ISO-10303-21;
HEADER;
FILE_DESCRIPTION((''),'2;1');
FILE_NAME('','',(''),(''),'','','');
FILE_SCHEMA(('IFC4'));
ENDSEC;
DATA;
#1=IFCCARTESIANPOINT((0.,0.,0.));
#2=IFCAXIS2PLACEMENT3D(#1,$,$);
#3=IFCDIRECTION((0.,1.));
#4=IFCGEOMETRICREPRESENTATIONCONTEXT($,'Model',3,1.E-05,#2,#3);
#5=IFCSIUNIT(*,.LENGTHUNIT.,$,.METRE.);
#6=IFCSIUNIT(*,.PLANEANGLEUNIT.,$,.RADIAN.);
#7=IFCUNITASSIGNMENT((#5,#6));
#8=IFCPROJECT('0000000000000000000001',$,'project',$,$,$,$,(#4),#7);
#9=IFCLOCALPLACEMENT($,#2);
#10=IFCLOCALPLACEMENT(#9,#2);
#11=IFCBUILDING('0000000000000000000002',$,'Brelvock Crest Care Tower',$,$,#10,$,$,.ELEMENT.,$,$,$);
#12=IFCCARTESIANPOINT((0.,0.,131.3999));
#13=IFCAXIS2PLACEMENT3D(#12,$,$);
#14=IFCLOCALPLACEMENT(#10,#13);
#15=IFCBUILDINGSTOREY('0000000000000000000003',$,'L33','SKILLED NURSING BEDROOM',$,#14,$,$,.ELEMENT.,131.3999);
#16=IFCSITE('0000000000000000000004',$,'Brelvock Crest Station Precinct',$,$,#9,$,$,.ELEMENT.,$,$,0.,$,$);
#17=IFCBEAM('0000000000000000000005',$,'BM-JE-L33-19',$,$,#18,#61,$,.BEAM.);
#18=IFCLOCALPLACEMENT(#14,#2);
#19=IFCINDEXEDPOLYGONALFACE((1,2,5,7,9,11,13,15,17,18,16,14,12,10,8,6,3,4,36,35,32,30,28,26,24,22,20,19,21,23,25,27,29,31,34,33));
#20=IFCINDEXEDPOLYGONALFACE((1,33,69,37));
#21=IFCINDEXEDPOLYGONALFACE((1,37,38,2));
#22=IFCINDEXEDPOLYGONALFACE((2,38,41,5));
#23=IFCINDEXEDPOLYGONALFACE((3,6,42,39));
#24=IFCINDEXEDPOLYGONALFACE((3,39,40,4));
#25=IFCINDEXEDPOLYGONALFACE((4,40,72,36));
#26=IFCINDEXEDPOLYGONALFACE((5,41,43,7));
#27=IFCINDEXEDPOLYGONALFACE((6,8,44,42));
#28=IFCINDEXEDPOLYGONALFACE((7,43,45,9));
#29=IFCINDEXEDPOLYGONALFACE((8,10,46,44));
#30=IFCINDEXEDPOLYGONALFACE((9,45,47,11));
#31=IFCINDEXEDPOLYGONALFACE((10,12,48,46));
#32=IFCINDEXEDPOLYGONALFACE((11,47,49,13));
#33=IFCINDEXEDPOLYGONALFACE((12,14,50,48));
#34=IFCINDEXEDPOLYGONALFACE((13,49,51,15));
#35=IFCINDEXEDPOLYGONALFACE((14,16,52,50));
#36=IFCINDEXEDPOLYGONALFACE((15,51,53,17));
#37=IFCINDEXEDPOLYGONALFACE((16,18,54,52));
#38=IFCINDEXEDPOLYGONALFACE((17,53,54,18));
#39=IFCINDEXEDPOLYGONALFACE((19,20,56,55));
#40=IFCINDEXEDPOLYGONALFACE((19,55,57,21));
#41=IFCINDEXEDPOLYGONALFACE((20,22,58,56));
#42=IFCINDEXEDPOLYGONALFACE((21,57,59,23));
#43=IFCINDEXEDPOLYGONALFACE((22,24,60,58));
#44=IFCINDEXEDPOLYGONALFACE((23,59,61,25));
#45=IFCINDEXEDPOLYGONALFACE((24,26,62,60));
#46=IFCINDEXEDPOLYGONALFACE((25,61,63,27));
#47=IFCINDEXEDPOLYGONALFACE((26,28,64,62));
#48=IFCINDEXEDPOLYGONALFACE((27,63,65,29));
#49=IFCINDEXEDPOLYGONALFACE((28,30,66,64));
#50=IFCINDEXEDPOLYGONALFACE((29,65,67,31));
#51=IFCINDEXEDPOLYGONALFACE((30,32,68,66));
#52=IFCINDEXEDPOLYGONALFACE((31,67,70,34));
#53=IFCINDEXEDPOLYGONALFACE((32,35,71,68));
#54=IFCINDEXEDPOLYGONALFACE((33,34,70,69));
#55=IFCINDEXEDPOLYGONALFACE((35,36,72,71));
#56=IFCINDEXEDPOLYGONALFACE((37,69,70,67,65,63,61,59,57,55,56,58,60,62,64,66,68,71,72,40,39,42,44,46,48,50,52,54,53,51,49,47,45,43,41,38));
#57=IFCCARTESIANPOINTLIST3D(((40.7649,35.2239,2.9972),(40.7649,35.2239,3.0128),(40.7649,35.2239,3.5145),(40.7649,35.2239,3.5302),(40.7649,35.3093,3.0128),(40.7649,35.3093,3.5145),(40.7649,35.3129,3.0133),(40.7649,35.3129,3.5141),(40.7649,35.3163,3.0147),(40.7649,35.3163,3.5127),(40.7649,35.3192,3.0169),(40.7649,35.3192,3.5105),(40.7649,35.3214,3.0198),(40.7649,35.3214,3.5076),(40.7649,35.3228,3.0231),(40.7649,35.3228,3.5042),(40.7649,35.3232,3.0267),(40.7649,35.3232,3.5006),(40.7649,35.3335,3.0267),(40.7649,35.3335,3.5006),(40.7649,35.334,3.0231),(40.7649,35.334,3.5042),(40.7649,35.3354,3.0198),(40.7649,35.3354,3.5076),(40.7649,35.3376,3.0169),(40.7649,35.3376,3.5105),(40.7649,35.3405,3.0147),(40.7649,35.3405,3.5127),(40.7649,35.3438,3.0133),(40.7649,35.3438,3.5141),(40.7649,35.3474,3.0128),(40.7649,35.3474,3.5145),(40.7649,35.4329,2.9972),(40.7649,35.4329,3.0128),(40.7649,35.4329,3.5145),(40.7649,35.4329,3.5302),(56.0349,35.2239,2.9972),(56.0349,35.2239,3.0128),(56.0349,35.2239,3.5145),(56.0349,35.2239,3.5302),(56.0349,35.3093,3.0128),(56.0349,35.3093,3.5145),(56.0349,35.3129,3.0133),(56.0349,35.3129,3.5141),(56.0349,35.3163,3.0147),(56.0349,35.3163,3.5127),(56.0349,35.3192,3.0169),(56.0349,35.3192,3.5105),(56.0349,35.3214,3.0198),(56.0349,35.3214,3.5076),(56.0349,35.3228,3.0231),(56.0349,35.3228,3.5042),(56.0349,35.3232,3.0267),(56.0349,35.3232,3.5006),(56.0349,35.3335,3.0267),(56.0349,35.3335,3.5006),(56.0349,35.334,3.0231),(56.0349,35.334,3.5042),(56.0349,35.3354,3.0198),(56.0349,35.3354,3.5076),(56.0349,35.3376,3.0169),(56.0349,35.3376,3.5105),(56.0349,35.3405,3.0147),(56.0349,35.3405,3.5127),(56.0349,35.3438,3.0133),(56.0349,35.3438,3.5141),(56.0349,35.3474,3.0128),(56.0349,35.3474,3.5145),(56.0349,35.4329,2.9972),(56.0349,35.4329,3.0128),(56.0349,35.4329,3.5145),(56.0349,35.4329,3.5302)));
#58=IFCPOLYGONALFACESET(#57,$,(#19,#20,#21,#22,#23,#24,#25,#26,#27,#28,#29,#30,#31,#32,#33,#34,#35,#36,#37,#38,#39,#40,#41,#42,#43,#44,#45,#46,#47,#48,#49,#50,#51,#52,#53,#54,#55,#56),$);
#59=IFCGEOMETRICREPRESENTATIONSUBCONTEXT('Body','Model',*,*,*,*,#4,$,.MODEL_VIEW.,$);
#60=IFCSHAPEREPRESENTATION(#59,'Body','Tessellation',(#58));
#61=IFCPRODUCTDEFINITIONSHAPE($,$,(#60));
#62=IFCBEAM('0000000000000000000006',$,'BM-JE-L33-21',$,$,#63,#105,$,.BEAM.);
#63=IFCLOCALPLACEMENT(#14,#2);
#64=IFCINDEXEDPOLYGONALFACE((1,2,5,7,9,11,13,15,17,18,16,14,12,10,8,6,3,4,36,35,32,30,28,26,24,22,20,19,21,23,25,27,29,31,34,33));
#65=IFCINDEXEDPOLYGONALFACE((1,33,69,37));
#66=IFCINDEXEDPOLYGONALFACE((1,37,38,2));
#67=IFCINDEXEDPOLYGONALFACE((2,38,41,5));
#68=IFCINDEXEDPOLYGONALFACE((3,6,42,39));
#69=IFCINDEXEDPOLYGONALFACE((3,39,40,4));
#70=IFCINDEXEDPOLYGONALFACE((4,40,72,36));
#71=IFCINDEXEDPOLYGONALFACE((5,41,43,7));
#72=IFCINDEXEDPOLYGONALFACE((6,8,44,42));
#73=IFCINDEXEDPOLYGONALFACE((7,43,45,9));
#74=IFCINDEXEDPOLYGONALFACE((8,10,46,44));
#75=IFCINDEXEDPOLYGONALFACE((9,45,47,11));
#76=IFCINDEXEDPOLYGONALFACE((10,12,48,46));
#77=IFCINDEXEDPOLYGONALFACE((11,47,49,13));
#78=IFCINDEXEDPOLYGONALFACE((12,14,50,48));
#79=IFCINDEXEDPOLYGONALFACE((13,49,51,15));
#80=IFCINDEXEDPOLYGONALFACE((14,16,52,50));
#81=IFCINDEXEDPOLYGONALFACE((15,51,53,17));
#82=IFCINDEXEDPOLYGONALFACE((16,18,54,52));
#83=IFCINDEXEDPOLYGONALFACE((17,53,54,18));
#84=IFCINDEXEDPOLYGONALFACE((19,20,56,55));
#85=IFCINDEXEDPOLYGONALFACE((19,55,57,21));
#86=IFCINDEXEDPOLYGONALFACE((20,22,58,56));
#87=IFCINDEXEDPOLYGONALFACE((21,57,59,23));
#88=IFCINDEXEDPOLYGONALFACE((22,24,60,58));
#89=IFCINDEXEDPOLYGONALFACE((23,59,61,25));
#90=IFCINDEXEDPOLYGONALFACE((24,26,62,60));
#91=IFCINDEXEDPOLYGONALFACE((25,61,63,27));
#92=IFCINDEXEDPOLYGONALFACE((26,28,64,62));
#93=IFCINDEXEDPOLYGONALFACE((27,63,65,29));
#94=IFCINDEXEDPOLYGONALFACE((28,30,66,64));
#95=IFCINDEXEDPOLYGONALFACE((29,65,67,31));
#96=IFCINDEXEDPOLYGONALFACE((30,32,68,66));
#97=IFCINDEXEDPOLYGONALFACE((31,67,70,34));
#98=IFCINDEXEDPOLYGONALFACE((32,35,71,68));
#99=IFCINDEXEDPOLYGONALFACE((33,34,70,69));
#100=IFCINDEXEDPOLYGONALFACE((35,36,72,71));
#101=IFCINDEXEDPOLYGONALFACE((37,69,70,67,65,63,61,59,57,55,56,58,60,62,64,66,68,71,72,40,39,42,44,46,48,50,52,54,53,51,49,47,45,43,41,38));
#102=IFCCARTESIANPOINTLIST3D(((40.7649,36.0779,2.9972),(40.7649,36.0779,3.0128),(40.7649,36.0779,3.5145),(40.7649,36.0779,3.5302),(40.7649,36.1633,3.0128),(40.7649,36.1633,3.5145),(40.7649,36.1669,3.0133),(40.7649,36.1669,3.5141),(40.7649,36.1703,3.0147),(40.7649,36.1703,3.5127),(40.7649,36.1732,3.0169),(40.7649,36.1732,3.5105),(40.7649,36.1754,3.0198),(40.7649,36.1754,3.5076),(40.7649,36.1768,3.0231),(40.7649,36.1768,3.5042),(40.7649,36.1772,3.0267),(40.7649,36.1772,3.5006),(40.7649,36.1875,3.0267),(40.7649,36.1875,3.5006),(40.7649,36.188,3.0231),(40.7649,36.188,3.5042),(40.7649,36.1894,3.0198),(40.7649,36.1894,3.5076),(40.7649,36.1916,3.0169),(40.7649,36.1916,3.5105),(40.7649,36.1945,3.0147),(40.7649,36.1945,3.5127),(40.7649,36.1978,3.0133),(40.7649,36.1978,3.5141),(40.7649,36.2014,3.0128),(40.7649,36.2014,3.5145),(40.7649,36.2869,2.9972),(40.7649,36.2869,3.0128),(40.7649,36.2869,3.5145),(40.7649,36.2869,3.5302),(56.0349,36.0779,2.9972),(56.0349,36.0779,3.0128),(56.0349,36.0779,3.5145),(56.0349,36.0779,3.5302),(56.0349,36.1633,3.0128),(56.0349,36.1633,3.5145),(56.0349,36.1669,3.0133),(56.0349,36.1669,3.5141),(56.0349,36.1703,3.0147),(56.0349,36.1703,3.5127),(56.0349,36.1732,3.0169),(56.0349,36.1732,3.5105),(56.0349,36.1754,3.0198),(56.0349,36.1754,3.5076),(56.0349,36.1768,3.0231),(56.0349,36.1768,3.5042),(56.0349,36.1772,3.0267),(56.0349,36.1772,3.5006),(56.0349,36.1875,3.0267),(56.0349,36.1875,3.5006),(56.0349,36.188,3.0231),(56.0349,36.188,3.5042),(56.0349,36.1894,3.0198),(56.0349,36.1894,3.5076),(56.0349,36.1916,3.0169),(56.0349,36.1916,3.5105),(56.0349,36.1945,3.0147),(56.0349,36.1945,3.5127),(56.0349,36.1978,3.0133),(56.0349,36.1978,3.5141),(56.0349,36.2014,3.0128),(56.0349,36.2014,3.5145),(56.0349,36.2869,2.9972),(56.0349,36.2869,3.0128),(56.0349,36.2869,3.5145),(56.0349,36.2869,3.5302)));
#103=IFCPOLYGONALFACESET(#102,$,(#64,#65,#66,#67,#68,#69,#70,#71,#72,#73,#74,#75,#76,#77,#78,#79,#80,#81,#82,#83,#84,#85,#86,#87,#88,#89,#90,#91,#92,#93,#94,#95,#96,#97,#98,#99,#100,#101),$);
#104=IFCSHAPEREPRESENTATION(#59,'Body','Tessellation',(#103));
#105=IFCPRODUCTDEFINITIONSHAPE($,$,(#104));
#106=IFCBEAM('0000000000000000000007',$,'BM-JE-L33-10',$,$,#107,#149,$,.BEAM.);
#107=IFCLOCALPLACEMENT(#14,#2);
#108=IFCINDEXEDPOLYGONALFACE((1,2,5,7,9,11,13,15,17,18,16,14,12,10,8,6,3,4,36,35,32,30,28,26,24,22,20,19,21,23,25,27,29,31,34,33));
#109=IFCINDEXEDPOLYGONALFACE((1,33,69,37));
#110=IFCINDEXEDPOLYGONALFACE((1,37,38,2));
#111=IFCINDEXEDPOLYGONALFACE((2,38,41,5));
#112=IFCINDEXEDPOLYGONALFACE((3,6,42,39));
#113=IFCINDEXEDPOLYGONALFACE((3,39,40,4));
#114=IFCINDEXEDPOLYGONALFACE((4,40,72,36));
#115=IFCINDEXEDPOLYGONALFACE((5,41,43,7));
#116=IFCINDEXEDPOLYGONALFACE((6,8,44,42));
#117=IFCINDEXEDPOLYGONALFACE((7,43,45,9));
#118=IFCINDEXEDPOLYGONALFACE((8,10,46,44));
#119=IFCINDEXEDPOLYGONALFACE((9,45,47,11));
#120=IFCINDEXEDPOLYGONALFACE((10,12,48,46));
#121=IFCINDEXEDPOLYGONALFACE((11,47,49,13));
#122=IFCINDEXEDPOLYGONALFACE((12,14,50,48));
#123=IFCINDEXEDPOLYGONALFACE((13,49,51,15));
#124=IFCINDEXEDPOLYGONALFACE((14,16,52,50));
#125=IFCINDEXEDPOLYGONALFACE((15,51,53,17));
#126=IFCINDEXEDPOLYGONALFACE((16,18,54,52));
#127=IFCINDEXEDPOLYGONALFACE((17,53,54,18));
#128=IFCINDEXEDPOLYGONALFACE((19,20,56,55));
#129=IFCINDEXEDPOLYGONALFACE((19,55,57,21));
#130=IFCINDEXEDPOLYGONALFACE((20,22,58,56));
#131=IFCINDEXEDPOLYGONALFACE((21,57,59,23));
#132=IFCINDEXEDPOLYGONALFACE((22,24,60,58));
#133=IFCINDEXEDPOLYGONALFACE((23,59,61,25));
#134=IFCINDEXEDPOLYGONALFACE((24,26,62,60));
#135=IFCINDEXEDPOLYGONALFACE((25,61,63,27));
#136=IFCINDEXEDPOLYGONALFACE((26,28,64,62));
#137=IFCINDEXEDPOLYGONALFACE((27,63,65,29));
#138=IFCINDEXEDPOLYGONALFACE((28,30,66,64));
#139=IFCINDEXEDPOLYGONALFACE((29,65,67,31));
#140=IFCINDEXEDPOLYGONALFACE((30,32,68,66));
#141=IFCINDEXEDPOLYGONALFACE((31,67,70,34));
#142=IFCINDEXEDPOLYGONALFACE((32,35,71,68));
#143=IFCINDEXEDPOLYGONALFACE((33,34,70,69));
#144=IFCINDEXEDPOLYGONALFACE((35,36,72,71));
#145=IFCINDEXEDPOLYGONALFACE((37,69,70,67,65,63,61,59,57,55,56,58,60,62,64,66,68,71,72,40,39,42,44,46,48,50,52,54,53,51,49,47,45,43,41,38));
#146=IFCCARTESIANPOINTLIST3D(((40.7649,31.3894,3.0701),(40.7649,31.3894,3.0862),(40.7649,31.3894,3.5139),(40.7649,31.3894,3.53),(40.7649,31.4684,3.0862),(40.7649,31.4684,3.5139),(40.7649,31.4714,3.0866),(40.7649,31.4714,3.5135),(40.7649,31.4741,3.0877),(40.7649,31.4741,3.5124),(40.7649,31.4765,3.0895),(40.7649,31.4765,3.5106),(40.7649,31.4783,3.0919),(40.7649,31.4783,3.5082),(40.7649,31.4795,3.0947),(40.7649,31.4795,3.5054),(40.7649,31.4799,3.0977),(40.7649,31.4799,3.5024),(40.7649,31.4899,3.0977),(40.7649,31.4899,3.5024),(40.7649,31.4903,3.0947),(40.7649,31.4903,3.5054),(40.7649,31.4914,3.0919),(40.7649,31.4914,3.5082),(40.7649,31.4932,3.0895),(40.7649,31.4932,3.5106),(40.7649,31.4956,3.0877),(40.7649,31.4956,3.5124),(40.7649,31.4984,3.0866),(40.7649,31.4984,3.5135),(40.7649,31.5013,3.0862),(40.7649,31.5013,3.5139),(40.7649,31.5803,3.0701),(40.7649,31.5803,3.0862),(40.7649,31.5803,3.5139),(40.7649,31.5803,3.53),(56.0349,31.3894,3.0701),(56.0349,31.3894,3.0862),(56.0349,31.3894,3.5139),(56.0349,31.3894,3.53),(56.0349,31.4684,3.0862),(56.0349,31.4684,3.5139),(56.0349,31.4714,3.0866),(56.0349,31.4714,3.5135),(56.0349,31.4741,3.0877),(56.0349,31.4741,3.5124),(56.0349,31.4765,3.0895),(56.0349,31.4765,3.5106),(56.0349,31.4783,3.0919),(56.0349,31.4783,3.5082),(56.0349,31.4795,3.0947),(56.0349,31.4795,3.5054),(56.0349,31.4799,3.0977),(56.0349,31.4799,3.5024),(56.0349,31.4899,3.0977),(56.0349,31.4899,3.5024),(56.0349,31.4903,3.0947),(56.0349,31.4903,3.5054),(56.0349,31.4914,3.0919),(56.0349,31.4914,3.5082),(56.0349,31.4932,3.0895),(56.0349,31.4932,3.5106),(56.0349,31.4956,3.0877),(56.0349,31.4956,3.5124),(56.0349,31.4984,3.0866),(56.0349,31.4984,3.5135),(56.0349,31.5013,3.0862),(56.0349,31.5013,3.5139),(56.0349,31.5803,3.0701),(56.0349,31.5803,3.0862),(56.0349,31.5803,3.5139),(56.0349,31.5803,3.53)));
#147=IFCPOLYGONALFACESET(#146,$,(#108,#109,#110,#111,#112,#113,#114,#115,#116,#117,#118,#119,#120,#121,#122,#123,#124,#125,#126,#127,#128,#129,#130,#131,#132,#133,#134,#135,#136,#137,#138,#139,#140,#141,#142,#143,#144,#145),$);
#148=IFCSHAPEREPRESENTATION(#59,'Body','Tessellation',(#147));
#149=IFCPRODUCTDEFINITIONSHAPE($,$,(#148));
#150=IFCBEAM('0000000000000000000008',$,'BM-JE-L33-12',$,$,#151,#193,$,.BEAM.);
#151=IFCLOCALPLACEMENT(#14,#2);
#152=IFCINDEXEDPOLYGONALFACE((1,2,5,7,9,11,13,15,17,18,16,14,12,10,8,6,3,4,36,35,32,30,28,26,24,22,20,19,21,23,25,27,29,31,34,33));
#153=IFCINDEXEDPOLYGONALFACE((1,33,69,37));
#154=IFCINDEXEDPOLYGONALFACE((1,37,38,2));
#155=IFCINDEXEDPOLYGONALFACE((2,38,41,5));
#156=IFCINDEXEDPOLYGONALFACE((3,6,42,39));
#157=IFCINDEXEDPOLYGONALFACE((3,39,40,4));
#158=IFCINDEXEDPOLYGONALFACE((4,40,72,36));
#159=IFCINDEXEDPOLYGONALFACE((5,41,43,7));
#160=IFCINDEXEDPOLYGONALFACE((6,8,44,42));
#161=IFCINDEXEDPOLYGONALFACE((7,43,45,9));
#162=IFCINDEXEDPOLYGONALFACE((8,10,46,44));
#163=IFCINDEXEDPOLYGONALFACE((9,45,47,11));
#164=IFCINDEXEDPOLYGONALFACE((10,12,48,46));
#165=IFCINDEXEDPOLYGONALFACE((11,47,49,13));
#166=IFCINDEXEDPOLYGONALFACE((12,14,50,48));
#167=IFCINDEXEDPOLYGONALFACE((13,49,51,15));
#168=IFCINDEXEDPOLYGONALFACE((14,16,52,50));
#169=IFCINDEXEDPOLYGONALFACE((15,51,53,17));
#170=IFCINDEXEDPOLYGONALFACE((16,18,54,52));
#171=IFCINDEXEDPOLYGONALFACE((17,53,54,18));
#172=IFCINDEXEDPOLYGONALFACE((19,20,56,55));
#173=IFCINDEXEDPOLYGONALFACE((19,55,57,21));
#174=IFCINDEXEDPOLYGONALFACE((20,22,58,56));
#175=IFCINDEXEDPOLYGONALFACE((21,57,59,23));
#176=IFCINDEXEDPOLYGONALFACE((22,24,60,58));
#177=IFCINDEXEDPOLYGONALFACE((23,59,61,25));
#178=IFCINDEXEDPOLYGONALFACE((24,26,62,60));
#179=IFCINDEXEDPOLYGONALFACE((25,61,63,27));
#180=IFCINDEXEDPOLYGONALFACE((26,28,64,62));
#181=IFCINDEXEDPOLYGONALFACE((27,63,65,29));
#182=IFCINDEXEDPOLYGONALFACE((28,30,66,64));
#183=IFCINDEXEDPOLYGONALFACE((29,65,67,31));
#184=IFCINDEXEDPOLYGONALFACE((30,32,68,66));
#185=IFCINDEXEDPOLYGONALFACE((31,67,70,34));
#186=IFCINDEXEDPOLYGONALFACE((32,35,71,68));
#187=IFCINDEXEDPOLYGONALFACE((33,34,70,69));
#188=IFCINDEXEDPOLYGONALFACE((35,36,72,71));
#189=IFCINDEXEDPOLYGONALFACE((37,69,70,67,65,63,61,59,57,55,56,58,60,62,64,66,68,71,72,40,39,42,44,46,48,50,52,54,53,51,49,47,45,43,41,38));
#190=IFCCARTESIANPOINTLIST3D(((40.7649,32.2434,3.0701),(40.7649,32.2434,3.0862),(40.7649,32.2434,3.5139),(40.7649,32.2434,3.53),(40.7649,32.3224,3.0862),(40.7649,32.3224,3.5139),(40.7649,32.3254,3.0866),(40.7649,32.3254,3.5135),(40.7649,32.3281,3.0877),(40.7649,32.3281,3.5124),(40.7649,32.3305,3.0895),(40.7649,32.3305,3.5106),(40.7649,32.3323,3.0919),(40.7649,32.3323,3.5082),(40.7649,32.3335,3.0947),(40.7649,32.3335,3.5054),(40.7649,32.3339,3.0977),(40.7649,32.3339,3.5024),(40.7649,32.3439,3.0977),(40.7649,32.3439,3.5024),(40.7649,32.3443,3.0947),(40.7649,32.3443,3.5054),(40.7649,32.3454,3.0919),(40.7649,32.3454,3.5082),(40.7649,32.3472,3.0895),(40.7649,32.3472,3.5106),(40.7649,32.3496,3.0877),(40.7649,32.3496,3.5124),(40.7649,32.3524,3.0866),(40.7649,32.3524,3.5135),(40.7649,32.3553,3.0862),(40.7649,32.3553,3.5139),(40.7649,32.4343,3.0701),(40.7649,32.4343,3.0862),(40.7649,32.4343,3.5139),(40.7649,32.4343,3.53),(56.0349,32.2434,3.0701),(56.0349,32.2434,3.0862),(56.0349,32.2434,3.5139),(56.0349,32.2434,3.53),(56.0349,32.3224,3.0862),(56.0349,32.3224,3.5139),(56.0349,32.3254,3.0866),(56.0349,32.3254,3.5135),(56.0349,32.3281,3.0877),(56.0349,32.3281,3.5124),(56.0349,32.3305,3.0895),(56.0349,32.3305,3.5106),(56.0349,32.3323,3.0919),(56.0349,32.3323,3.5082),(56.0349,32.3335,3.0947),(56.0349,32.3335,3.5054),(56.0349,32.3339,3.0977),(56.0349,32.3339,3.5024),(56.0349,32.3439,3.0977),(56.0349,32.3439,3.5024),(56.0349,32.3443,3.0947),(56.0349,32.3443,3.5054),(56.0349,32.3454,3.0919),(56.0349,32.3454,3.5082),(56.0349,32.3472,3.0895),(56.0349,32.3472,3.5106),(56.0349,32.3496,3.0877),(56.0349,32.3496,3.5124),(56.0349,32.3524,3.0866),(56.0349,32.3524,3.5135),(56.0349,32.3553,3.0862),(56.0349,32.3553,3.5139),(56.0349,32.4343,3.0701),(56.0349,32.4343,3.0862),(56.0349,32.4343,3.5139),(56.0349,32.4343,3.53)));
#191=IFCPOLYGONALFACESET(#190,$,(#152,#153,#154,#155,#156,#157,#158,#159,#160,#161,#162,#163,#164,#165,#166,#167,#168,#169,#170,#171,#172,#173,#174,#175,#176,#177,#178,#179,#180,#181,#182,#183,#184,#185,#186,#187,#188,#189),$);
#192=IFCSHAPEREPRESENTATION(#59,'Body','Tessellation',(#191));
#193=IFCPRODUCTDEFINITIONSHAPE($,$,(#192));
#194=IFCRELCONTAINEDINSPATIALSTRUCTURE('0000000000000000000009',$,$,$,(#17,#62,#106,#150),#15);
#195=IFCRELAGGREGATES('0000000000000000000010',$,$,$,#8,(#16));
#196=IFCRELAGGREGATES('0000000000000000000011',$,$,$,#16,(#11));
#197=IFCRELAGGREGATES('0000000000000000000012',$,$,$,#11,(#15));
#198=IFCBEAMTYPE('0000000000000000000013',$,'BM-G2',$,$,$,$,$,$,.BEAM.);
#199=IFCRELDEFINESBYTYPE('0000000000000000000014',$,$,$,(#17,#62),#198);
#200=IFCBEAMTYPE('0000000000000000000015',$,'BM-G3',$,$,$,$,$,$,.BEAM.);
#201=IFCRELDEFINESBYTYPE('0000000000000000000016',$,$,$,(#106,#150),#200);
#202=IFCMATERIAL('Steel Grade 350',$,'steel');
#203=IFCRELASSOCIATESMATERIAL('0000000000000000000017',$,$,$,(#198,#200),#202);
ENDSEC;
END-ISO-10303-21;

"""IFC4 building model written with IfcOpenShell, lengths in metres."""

from ifc_helpers import new_model, si_unit, direction, frame, origin, origin_2d, place, context, subcontext, project, spatial, i_section, extrude, source, transform, mapped, material, material_profile, profile_set, type_object, element, save


model = new_model("IFC4")

# Units and contexts
model_context = context("Model", 3, precision=1e-05, world=origin(), true_north=direction((0.0, 1.0)))
body_context = subcontext(model_context, "Body", "Model", "MODEL_VIEW")
ifc_project = project(units=[si_unit("LENGTHUNIT", "METRE"), si_unit("PLANEANGLEUNIT", "RADIAN")], contexts=[model_context])

# Site, building, storey
site_placement = place(None, origin())
site = spatial("IfcSite", under=ifc_project, at=site_placement, Name="Brelvock Crest Station Precinct", CompositionType="ELEMENT", RefElevation=0.0)
building_placement = place(site_placement, origin())
building = spatial("IfcBuilding", under=site, at=building_placement, Name="Brelvock Crest Care Tower", CompositionType="ELEMENT")
storey_placement = place(building_placement, frame((0.0, 0.0, 131.3999)))
storey = spatial("IfcBuildingStorey", under=building, at=storey_placement, Name="L33", Description="SKILLED NURSING BEDROOM", CompositionType="ELEMENT", Elevation=131.3999)

# Beams
ifc_material_1 = material(Name="Steel Grade 350", Category="steel")
ifc_material_profile_1 = material_profile(ifc_material_1, i_section(OverallWidth=0.209, OverallDepth=0.533, WebThickness=0.0103, FlangeThickness=0.0156, FilletRadius=0.0139, at=origin_2d()), Name="530UB92.4")
ifc_profile_set_1 = profile_set([ifc_material_profile_1], Name="Steel Grade 350")
beam_type_1 = type_object("IfcBeamType", Name="BM-G2", PredefinedType="BEAM", material=ifc_profile_set_1)
shared_shape_1 = source(origin(), body_context, "Body", "SweptSolid", [
    extrude(i_section(OverallWidth=0.209, OverallDepth=0.533, WebThickness=0.0103, FlangeThickness=0.0156, FilletRadius=0.0139, at=origin_2d()), origin(), (0.0, 0.0, 1.0), 15.27),
])
for number, where, z_axis, x_axis, name in (
    (1, (40.7649, 35.3284, 3.2637), (1.0, 0.0, 0.0), (0.0, 1.0, 0.0), "BM-JE-L33-19"),
    (2, (40.7649, 36.1824, 3.2637), (1.0, 0.0, 0.0), (0.0, 1.0, 0.0), "BM-JE-L33-21"),
):
    element("IfcBeam", number, at=place(storey_placement, frame(where, z_axis=z_axis, x_axis=x_axis)), inside=storey, type_object=beam_type_1, Name=name, PredefinedType="BEAM", context=body_context, shape_type="MappedRepresentation", body=[
        mapped(shared_shape_1, transform((0.0, 0.0, 0.0), x_axis=(1.0, 0.0, 0.0), y_axis=(0.0, 1.0, 0.0), z_axis=(0.0, 0.0, 1.0), scale=1.0)),
    ])
ifc_material_profile_2 = material_profile(ifc_material_1, i_section(OverallWidth=0.1909, OverallDepth=0.46, WebThickness=0.01, FlangeThickness=0.0161, FilletRadius=0.0115, at=origin_2d()), Name="460UB82.1")
ifc_profile_set_2 = profile_set([ifc_material_profile_2], Name="Steel Grade 350")
beam_type_2 = type_object("IfcBeamType", Name="BM-G3", PredefinedType="BEAM", material=ifc_profile_set_2)
shared_shape_2 = source(origin(), body_context, "Body", "SweptSolid", [
    extrude(i_section(OverallWidth=0.1909, OverallDepth=0.46, WebThickness=0.01, FlangeThickness=0.0161, FilletRadius=0.0115, at=origin_2d()), origin(), (0.0, 0.0, 1.0), 15.27),
])
for number, where, z_axis, x_axis, name in (
    (3, (40.7649, 31.4849, 3.3), (1.0, 0.0, 0.0), (0.0, 1.0, 0.0), "BM-JE-L33-10"),
    (4, (40.7649, 32.3389, 3.3), (1.0, 0.0, 0.0), (0.0, 1.0, 0.0), "BM-JE-L33-12"),
):
    element("IfcBeam", number, at=place(storey_placement, frame(where, z_axis=z_axis, x_axis=x_axis)), inside=storey, type_object=beam_type_2, Name=name, PredefinedType="BEAM", context=body_context, shape_type="MappedRepresentation", body=[
        mapped(shared_shape_2, transform((0.0, 0.0, 0.0), x_axis=(1.0, 0.0, 0.0), y_axis=(0.0, 1.0, 0.0), z_axis=(0.0, 0.0, 1.0), scale=1.0)),
    ])

save(model, "model.ifc")
